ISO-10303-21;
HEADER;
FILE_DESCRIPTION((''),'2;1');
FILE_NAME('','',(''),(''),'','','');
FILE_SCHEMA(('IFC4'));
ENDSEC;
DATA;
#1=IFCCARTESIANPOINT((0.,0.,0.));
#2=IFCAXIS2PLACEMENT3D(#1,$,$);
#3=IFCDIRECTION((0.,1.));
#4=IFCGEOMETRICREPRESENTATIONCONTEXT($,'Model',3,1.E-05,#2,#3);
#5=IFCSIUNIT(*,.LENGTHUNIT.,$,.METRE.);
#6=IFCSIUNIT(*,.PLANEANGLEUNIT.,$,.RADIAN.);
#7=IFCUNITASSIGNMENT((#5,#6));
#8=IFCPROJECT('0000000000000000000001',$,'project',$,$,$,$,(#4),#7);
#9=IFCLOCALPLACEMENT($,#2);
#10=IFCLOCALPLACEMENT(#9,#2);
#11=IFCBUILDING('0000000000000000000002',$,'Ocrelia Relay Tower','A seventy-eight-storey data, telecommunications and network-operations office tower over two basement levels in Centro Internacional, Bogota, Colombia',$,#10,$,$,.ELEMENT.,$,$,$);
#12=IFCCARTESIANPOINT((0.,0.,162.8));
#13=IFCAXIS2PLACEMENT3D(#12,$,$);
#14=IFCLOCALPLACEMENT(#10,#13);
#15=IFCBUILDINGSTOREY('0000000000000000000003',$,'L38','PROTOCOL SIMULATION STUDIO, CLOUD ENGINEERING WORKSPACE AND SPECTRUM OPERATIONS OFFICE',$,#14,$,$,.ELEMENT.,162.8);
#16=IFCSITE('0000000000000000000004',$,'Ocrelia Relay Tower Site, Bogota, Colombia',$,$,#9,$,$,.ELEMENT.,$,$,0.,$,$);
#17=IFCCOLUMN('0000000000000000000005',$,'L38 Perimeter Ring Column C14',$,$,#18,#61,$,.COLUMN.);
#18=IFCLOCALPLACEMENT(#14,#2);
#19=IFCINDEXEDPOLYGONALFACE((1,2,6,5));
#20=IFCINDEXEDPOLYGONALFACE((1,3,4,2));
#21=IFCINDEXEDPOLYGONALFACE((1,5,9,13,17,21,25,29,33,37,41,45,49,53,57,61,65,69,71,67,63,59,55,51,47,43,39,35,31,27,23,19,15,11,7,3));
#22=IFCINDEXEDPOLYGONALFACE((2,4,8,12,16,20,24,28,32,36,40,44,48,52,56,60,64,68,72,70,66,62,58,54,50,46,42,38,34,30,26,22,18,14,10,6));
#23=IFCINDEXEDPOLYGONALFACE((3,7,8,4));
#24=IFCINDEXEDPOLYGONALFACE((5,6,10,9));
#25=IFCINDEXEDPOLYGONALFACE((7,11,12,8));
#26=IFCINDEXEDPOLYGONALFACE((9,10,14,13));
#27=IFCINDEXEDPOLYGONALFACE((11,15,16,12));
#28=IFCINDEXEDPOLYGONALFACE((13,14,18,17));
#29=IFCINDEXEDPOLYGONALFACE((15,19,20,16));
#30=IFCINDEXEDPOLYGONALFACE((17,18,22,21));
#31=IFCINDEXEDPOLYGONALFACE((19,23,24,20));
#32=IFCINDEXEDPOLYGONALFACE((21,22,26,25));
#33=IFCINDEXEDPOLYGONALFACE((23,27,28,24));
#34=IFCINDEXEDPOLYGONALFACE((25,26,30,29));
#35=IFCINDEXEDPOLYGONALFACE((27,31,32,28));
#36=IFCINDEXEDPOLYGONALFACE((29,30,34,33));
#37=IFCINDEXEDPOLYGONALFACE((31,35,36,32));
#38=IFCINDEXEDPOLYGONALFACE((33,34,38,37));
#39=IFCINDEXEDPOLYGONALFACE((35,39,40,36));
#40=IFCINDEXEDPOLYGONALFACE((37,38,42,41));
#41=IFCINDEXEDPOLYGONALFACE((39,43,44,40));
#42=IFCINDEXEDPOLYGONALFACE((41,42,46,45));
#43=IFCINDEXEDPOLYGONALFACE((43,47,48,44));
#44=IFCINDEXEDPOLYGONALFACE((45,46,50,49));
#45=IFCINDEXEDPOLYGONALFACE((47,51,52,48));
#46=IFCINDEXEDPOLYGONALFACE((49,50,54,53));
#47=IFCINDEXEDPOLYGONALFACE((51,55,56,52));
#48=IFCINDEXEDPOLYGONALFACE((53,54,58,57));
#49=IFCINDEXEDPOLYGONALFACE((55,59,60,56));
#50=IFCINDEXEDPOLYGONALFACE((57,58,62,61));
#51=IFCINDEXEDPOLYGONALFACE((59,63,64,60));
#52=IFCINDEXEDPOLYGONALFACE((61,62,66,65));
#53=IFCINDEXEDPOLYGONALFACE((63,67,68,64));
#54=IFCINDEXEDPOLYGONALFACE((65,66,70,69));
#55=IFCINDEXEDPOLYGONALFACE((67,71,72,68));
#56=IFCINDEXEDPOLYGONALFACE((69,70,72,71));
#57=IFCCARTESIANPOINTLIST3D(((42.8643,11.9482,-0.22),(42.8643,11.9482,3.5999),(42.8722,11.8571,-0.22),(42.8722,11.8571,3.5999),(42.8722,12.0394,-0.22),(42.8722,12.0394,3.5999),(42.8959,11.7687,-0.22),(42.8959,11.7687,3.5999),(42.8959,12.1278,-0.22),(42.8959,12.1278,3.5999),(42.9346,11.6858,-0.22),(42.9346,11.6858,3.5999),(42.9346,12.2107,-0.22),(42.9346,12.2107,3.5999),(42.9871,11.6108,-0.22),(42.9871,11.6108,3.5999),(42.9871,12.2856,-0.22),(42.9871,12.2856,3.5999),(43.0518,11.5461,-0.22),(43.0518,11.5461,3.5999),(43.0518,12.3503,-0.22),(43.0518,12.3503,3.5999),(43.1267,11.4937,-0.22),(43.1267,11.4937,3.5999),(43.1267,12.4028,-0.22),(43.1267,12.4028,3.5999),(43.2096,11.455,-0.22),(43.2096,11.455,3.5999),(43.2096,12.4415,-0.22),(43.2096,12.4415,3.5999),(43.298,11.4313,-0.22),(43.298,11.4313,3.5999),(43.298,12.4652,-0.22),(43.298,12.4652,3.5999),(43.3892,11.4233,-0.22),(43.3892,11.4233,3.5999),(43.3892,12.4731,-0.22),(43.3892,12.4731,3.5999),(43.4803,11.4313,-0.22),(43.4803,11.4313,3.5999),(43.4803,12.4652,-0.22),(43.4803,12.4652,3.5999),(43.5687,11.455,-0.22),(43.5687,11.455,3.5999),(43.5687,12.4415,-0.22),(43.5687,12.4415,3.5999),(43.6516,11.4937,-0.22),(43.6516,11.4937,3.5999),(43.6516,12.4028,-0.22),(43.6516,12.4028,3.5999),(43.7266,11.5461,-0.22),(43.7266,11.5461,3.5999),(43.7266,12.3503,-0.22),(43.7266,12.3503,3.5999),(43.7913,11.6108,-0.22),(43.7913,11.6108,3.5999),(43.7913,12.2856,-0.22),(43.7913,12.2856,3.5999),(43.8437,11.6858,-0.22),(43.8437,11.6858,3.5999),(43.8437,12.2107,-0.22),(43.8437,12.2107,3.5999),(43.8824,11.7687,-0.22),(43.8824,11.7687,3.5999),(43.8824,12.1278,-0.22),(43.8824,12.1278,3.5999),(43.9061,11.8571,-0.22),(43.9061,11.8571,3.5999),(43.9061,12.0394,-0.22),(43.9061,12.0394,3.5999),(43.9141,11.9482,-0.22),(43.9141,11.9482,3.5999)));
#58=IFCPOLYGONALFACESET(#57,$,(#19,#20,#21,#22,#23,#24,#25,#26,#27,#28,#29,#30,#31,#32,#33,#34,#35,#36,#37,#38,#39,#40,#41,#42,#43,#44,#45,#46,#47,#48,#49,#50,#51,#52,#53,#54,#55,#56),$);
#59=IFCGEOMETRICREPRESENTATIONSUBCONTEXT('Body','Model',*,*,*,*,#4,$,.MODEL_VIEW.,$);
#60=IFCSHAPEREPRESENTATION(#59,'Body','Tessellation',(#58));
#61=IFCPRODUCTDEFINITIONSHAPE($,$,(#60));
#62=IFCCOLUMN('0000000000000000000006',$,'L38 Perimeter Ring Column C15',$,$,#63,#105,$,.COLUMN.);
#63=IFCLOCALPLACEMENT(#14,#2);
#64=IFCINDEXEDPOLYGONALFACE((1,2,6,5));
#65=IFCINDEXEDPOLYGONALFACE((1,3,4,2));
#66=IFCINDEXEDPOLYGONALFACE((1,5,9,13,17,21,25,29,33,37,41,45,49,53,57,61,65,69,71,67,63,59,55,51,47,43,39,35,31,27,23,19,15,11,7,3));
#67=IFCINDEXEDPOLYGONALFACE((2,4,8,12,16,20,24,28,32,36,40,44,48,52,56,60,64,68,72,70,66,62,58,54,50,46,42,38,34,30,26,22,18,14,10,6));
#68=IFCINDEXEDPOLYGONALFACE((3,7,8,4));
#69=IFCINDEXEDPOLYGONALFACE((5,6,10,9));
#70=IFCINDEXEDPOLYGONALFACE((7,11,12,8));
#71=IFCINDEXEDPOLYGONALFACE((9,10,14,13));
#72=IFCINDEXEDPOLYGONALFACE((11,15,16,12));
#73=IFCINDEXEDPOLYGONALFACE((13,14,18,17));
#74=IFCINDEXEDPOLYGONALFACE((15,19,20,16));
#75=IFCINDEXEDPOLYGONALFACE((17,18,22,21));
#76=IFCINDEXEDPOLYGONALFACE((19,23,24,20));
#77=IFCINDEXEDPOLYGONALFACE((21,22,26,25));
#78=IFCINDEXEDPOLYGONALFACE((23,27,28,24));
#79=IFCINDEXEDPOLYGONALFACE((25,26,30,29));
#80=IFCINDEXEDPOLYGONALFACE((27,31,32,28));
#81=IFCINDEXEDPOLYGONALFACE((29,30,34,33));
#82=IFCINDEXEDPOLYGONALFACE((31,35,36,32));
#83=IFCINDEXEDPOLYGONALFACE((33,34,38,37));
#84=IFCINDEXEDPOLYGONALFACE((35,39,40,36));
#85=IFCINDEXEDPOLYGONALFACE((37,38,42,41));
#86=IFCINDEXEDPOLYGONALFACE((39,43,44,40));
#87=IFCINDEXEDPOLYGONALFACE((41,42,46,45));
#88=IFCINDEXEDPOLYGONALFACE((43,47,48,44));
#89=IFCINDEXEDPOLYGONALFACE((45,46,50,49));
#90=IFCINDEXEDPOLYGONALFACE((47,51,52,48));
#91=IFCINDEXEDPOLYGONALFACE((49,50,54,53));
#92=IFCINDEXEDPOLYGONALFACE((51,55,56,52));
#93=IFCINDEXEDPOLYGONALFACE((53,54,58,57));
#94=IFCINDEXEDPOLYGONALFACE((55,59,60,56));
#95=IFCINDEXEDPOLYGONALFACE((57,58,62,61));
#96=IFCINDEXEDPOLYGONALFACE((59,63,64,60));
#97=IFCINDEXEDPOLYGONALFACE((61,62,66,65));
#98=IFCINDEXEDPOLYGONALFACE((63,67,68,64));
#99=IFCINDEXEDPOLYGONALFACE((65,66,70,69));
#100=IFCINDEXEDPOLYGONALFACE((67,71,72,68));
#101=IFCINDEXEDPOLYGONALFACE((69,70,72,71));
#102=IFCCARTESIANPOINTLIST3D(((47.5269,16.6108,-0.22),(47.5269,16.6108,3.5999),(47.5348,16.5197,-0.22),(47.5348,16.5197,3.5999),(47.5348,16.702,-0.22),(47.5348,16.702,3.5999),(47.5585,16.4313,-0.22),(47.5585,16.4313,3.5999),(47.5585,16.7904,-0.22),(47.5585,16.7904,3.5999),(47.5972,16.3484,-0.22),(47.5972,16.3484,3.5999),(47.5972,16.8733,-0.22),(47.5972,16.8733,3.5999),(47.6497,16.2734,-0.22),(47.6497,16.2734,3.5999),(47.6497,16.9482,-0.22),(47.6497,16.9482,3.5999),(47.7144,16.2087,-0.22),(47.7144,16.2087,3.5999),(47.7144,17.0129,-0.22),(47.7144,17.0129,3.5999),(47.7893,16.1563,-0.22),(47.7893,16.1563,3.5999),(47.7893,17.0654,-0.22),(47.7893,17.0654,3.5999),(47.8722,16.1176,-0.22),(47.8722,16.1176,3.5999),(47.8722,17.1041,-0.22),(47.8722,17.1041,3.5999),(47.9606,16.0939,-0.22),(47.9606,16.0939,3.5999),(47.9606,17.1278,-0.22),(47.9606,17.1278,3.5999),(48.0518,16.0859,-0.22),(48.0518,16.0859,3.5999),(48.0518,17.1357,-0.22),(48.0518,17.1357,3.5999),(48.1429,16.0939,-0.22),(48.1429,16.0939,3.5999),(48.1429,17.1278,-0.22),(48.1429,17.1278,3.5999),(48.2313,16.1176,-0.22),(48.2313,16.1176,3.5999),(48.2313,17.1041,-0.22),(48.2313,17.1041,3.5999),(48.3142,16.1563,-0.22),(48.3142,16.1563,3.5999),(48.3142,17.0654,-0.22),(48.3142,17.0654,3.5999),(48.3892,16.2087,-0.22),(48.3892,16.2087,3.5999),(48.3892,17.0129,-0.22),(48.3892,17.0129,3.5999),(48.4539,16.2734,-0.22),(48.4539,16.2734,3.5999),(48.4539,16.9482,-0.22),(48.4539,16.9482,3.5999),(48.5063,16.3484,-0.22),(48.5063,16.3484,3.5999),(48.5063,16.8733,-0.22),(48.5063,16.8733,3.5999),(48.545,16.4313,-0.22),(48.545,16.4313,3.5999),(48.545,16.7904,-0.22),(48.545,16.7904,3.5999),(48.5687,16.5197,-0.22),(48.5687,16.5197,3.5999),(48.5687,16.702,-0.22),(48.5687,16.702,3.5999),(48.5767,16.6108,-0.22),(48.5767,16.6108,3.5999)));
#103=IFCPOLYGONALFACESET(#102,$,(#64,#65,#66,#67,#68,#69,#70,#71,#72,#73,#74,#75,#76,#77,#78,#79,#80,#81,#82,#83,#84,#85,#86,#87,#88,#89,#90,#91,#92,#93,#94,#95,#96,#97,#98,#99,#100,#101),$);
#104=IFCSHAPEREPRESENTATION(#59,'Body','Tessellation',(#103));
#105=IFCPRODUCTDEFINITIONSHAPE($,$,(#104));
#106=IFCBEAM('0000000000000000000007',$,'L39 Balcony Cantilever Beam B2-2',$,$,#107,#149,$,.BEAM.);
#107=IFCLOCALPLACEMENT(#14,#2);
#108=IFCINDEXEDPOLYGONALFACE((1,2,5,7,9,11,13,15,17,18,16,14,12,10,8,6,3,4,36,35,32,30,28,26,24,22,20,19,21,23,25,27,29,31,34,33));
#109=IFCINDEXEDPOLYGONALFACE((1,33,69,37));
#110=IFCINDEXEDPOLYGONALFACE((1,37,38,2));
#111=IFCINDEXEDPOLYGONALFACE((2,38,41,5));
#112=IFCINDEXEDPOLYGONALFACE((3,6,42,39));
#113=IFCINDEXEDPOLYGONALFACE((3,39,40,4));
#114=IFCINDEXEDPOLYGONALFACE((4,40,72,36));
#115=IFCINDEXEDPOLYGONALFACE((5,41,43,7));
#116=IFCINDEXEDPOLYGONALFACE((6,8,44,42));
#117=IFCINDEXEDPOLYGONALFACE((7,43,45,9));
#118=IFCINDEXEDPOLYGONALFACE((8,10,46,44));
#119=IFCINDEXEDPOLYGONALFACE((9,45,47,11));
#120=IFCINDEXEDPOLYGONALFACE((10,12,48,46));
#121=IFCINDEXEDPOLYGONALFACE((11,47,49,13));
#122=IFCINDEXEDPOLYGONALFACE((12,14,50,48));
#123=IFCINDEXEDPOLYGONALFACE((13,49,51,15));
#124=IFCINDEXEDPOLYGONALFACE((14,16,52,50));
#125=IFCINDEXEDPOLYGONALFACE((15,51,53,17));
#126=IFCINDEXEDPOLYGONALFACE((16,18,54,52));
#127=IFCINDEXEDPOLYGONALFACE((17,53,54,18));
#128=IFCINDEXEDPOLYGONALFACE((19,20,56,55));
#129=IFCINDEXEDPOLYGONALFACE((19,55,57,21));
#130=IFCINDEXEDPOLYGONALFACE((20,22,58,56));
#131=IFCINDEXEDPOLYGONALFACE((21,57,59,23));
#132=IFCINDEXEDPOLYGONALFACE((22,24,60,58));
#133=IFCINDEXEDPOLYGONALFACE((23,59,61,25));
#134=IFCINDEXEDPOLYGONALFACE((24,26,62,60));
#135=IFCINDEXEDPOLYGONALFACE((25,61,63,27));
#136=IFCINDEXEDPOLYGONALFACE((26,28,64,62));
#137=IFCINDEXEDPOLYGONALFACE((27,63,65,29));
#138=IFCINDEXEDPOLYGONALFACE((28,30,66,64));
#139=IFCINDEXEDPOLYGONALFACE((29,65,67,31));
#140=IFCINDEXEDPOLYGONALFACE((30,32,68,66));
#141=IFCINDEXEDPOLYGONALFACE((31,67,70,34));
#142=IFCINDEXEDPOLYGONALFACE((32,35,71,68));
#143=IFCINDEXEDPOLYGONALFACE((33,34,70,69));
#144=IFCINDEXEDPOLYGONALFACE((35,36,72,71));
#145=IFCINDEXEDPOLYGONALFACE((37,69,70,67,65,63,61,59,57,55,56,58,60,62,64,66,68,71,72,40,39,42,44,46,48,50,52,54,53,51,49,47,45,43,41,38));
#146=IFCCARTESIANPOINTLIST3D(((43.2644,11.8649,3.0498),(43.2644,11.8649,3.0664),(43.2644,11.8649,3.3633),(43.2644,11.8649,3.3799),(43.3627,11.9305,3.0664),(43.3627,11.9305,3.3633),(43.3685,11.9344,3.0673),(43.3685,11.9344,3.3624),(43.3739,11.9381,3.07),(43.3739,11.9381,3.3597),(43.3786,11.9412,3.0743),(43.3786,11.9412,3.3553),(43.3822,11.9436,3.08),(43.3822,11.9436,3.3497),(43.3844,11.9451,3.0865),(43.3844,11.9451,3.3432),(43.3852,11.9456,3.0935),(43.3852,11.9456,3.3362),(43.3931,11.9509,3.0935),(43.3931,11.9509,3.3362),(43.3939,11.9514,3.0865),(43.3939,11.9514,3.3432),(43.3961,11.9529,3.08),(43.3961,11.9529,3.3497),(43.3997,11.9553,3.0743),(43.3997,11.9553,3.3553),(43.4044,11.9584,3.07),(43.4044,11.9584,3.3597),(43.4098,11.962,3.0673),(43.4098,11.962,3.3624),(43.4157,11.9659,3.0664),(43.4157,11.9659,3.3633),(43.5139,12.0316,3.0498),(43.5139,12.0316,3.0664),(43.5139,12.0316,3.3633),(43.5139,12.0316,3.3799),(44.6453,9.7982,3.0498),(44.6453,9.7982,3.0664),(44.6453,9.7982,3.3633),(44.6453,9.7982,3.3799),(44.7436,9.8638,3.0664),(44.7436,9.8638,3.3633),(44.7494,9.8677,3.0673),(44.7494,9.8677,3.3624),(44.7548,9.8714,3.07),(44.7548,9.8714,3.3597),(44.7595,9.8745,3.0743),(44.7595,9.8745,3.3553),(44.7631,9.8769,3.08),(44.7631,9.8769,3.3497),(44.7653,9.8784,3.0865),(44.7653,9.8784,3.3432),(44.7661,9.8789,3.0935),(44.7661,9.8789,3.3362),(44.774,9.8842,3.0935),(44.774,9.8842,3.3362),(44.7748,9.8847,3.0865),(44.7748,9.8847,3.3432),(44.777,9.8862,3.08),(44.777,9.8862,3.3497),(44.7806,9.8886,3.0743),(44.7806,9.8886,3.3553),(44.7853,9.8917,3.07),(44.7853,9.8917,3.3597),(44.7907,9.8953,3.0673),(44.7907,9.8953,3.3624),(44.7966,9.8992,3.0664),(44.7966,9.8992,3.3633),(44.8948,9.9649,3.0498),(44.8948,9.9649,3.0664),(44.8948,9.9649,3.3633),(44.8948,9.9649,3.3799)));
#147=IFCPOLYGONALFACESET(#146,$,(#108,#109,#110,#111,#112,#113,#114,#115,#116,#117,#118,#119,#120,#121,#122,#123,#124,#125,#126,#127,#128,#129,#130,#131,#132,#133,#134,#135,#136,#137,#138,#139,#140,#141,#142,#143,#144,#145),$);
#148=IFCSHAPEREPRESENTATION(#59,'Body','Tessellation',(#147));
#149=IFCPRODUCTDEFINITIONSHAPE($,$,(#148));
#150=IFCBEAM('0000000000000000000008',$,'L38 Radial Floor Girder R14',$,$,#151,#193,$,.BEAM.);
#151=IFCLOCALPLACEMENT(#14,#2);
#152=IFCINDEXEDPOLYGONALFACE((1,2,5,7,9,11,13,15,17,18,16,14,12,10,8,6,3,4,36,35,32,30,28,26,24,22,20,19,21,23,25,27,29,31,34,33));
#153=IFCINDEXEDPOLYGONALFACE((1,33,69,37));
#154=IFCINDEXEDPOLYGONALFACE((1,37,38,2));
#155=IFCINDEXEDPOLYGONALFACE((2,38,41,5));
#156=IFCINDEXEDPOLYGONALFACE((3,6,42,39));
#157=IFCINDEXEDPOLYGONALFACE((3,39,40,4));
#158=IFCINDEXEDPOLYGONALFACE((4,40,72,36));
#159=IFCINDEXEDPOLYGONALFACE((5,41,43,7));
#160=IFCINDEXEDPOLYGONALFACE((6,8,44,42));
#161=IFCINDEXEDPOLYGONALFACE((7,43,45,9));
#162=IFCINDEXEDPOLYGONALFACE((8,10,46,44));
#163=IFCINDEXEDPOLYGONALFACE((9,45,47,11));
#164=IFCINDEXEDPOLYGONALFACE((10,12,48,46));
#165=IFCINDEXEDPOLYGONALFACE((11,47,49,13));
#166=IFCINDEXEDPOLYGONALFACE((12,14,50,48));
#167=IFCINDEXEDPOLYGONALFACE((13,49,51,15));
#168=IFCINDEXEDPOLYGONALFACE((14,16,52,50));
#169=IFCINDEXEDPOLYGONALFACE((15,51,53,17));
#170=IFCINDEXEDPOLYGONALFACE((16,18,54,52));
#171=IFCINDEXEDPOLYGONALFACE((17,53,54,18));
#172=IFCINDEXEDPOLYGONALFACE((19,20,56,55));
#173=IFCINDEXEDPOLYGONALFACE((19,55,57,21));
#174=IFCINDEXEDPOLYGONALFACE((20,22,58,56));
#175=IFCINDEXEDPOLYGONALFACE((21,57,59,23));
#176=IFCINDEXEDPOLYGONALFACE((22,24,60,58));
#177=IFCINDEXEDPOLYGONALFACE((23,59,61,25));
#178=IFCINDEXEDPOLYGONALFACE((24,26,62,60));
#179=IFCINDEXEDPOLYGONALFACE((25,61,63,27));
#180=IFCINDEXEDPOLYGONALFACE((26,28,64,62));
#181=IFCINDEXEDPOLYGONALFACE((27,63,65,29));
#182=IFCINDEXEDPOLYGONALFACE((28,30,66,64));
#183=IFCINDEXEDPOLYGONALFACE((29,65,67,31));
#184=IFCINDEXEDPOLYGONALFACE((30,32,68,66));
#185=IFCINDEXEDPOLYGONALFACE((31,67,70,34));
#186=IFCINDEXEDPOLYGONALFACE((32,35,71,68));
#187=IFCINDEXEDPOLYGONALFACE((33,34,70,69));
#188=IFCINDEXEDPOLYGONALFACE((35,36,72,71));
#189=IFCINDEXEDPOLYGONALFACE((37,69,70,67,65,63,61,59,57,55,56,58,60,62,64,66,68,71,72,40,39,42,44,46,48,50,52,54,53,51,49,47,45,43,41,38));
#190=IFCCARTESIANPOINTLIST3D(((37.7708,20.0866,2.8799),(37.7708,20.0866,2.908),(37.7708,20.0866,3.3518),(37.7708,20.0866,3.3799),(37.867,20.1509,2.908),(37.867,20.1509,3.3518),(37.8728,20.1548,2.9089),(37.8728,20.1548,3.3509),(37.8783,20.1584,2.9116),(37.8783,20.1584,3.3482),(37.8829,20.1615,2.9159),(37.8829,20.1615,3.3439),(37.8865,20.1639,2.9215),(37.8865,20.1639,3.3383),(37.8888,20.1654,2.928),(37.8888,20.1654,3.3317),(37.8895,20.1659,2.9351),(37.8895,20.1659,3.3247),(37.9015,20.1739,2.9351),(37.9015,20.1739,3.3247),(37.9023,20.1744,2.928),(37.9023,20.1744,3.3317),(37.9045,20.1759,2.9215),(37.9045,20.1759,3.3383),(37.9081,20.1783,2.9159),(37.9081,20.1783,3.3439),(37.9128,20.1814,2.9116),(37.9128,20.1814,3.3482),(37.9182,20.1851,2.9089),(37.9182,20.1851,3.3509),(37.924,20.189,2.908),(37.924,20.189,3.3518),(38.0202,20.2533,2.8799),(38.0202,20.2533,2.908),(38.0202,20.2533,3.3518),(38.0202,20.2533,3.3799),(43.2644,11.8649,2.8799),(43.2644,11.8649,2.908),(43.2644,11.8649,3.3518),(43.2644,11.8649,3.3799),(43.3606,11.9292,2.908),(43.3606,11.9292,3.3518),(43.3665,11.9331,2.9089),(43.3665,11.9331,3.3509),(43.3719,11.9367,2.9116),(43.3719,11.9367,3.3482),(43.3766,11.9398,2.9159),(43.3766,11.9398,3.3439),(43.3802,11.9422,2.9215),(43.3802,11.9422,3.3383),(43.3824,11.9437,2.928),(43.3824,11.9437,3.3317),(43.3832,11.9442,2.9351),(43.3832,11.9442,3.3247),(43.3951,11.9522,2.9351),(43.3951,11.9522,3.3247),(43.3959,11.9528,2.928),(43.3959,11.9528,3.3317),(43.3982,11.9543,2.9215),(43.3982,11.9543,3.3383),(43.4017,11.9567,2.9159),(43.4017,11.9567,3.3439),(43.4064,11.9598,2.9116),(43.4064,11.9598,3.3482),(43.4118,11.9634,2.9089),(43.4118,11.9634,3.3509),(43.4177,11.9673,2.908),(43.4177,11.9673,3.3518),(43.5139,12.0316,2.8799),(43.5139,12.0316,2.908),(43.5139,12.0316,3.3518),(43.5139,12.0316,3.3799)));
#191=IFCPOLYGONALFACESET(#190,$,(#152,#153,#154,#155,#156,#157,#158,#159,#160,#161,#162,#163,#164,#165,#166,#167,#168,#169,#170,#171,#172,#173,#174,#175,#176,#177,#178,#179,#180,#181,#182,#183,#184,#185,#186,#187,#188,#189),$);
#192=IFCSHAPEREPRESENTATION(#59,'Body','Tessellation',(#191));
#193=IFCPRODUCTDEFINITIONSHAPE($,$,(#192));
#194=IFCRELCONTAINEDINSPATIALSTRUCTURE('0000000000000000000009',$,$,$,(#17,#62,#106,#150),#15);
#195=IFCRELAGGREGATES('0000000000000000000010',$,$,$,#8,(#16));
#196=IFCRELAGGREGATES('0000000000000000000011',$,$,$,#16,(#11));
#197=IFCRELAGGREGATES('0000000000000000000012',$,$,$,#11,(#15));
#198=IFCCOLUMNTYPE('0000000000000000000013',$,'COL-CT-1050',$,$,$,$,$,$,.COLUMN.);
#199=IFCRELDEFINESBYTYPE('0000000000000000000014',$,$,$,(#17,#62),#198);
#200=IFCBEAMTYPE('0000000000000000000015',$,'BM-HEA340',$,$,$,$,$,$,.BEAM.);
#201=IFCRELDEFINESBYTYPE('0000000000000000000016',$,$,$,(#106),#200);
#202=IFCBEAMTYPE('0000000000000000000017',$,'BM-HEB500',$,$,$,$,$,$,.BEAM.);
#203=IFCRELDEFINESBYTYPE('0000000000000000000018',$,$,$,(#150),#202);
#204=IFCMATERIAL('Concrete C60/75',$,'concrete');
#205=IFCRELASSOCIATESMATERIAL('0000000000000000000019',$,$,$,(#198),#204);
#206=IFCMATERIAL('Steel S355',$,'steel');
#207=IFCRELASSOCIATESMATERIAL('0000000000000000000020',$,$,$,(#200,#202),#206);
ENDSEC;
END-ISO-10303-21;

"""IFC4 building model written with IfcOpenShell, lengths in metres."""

from ifc_helpers import new_model, si_unit, direction, frame, origin, origin_2d, place, context, subcontext, project, spatial, circle, i_section, extrude, material, material_profile, profile_set, type_object, element, save


model = new_model("IFC4")

# Units and contexts
model_context = context("Model", 3, precision=1e-05, world=origin(), true_north=direction((0.0, 1.0)))
body_context = subcontext(model_context, "Body", "Model", "MODEL_VIEW")
ifc_project = project(units=[si_unit("LENGTHUNIT", "METRE"), si_unit("PLANEANGLEUNIT", "RADIAN")], contexts=[model_context])

# Site, building, storey
site_placement = place(None, origin())
site = spatial("IfcSite", under=ifc_project, at=site_placement, Name="Ocrelia Relay Tower Site, Bogota, Colombia", CompositionType="ELEMENT", RefElevation=0.0)
building_placement = place(site_placement, origin())
building = spatial("IfcBuilding", under=site, at=building_placement, Name="Ocrelia Relay Tower", Description="A seventy-eight-storey data, telecommunications and network-operations office tower over two basement levels in Centro Internacional, Bogota, Colombia", CompositionType="ELEMENT")
storey_placement = place(building_placement, frame((0.0, 0.0, 162.8)))
storey = spatial("IfcBuildingStorey", under=building, at=storey_placement, Name="L38", Description="PROTOCOL SIMULATION STUDIO, CLOUD ENGINEERING WORKSPACE AND SPECTRUM OPERATIONS OFFICE", CompositionType="ELEMENT", Elevation=162.8)

# Columns
ifc_material_1 = material(Name="Concrete C60/75", Category="concrete")
ifc_material_profile_1 = material_profile(ifc_material_1, circle(Radius=0.5249, at=origin_2d()), Name="RC-CIR-1050")
ifc_profile_set_1 = profile_set([ifc_material_profile_1], Name="Concrete C60/75")
column_type = type_object("IfcColumnType", Name="COL-CT-1050", PredefinedType="COLUMN", material=ifc_profile_set_1)
for number, where, z_axis, x_axis, name in (
    (1, (43.3892, 11.9482, -0.22), (0.0, 0.0, 1.0), (1.0, 0.0, 0.0), "L38 Perimeter Ring Column C14"),
    (2, (48.0518, 16.6108, -0.22), (0.0, 0.0, 1.0), (1.0, 0.0, 0.0), "L38 Perimeter Ring Column C15"),
):
    element("IfcColumn", number, at=place(storey_placement, frame(where, z_axis=z_axis, x_axis=x_axis)), inside=storey, type_object=column_type, Name=name, PredefinedType="COLUMN", context=body_context, shape_type="SweptSolid", body=[
        extrude(circle(Radius=0.5249, at=origin_2d()), origin(), (0.0, 0.0, 1.0), 3.8198),
    ])

# Beams
ifc_material_2 = material(Name="Steel S355", Category="steel")
ifc_material_profile_2 = material_profile(ifc_material_2, i_section(OverallWidth=0.3, OverallDepth=0.3301, WebThickness=0.0095, FlangeThickness=0.0166, FilletRadius=0.0271, at=origin_2d()), Name="HEA 340")
ifc_profile_set_2 = profile_set([ifc_material_profile_2], Name="Steel S355")
beam_type_1 = type_object("IfcBeamType", Name="BM-HEA340", PredefinedType="BEAM", material=ifc_profile_set_2)
beam_1_placement = place(storey_placement, frame((43.3892, 11.9482, 3.2148), z_axis=(0.555561, -0.831476, 0.0), x_axis=(0.831476, 0.555561, 0.0)))
element("IfcBeam", 3, at=beam_1_placement, inside=storey, type_object=beam_type_1, Name="L39 Balcony Cantilever Beam B2-2", PredefinedType="BEAM", context=body_context, shape_type="SweptSolid", body=[
    extrude(i_section(OverallWidth=0.3, OverallDepth=0.3301, WebThickness=0.0095, FlangeThickness=0.0166, FilletRadius=0.0271, at=origin_2d()), origin(), (0.0, 0.0, 1.0), 2.4856),
])
ifc_material_profile_3 = material_profile(ifc_material_2, i_section(OverallWidth=0.3, OverallDepth=0.5, WebThickness=0.0144, FlangeThickness=0.0281, FilletRadius=0.0271, at=origin_2d()), Name="HEB 500")
ifc_profile_set_3 = profile_set([ifc_material_profile_3], Name="Steel S355")
beam_type_2 = type_object("IfcBeamType", Name="BM-HEB500", PredefinedType="BEAM", material=ifc_profile_set_3)
beam_2_placement = place(storey_placement, frame((43.3892, 11.9482, 3.1299), z_axis=(-0.555577, 0.831465, 0.0), x_axis=(-0.831465, -0.555577, 0.0)))
element("IfcBeam", 4, at=beam_2_placement, inside=storey, type_object=beam_type_2, Name="L38 Radial Floor Girder R14", PredefinedType="BEAM", context=body_context, shape_type="SweptSolid", body=[
    extrude(i_section(OverallWidth=0.3, OverallDepth=0.5, WebThickness=0.0144, FlangeThickness=0.0281, FilletRadius=0.0271, at=origin_2d()), origin(), (0.0, 0.0, 1.0), 9.8882),
])

save(model, "model.ifc")
